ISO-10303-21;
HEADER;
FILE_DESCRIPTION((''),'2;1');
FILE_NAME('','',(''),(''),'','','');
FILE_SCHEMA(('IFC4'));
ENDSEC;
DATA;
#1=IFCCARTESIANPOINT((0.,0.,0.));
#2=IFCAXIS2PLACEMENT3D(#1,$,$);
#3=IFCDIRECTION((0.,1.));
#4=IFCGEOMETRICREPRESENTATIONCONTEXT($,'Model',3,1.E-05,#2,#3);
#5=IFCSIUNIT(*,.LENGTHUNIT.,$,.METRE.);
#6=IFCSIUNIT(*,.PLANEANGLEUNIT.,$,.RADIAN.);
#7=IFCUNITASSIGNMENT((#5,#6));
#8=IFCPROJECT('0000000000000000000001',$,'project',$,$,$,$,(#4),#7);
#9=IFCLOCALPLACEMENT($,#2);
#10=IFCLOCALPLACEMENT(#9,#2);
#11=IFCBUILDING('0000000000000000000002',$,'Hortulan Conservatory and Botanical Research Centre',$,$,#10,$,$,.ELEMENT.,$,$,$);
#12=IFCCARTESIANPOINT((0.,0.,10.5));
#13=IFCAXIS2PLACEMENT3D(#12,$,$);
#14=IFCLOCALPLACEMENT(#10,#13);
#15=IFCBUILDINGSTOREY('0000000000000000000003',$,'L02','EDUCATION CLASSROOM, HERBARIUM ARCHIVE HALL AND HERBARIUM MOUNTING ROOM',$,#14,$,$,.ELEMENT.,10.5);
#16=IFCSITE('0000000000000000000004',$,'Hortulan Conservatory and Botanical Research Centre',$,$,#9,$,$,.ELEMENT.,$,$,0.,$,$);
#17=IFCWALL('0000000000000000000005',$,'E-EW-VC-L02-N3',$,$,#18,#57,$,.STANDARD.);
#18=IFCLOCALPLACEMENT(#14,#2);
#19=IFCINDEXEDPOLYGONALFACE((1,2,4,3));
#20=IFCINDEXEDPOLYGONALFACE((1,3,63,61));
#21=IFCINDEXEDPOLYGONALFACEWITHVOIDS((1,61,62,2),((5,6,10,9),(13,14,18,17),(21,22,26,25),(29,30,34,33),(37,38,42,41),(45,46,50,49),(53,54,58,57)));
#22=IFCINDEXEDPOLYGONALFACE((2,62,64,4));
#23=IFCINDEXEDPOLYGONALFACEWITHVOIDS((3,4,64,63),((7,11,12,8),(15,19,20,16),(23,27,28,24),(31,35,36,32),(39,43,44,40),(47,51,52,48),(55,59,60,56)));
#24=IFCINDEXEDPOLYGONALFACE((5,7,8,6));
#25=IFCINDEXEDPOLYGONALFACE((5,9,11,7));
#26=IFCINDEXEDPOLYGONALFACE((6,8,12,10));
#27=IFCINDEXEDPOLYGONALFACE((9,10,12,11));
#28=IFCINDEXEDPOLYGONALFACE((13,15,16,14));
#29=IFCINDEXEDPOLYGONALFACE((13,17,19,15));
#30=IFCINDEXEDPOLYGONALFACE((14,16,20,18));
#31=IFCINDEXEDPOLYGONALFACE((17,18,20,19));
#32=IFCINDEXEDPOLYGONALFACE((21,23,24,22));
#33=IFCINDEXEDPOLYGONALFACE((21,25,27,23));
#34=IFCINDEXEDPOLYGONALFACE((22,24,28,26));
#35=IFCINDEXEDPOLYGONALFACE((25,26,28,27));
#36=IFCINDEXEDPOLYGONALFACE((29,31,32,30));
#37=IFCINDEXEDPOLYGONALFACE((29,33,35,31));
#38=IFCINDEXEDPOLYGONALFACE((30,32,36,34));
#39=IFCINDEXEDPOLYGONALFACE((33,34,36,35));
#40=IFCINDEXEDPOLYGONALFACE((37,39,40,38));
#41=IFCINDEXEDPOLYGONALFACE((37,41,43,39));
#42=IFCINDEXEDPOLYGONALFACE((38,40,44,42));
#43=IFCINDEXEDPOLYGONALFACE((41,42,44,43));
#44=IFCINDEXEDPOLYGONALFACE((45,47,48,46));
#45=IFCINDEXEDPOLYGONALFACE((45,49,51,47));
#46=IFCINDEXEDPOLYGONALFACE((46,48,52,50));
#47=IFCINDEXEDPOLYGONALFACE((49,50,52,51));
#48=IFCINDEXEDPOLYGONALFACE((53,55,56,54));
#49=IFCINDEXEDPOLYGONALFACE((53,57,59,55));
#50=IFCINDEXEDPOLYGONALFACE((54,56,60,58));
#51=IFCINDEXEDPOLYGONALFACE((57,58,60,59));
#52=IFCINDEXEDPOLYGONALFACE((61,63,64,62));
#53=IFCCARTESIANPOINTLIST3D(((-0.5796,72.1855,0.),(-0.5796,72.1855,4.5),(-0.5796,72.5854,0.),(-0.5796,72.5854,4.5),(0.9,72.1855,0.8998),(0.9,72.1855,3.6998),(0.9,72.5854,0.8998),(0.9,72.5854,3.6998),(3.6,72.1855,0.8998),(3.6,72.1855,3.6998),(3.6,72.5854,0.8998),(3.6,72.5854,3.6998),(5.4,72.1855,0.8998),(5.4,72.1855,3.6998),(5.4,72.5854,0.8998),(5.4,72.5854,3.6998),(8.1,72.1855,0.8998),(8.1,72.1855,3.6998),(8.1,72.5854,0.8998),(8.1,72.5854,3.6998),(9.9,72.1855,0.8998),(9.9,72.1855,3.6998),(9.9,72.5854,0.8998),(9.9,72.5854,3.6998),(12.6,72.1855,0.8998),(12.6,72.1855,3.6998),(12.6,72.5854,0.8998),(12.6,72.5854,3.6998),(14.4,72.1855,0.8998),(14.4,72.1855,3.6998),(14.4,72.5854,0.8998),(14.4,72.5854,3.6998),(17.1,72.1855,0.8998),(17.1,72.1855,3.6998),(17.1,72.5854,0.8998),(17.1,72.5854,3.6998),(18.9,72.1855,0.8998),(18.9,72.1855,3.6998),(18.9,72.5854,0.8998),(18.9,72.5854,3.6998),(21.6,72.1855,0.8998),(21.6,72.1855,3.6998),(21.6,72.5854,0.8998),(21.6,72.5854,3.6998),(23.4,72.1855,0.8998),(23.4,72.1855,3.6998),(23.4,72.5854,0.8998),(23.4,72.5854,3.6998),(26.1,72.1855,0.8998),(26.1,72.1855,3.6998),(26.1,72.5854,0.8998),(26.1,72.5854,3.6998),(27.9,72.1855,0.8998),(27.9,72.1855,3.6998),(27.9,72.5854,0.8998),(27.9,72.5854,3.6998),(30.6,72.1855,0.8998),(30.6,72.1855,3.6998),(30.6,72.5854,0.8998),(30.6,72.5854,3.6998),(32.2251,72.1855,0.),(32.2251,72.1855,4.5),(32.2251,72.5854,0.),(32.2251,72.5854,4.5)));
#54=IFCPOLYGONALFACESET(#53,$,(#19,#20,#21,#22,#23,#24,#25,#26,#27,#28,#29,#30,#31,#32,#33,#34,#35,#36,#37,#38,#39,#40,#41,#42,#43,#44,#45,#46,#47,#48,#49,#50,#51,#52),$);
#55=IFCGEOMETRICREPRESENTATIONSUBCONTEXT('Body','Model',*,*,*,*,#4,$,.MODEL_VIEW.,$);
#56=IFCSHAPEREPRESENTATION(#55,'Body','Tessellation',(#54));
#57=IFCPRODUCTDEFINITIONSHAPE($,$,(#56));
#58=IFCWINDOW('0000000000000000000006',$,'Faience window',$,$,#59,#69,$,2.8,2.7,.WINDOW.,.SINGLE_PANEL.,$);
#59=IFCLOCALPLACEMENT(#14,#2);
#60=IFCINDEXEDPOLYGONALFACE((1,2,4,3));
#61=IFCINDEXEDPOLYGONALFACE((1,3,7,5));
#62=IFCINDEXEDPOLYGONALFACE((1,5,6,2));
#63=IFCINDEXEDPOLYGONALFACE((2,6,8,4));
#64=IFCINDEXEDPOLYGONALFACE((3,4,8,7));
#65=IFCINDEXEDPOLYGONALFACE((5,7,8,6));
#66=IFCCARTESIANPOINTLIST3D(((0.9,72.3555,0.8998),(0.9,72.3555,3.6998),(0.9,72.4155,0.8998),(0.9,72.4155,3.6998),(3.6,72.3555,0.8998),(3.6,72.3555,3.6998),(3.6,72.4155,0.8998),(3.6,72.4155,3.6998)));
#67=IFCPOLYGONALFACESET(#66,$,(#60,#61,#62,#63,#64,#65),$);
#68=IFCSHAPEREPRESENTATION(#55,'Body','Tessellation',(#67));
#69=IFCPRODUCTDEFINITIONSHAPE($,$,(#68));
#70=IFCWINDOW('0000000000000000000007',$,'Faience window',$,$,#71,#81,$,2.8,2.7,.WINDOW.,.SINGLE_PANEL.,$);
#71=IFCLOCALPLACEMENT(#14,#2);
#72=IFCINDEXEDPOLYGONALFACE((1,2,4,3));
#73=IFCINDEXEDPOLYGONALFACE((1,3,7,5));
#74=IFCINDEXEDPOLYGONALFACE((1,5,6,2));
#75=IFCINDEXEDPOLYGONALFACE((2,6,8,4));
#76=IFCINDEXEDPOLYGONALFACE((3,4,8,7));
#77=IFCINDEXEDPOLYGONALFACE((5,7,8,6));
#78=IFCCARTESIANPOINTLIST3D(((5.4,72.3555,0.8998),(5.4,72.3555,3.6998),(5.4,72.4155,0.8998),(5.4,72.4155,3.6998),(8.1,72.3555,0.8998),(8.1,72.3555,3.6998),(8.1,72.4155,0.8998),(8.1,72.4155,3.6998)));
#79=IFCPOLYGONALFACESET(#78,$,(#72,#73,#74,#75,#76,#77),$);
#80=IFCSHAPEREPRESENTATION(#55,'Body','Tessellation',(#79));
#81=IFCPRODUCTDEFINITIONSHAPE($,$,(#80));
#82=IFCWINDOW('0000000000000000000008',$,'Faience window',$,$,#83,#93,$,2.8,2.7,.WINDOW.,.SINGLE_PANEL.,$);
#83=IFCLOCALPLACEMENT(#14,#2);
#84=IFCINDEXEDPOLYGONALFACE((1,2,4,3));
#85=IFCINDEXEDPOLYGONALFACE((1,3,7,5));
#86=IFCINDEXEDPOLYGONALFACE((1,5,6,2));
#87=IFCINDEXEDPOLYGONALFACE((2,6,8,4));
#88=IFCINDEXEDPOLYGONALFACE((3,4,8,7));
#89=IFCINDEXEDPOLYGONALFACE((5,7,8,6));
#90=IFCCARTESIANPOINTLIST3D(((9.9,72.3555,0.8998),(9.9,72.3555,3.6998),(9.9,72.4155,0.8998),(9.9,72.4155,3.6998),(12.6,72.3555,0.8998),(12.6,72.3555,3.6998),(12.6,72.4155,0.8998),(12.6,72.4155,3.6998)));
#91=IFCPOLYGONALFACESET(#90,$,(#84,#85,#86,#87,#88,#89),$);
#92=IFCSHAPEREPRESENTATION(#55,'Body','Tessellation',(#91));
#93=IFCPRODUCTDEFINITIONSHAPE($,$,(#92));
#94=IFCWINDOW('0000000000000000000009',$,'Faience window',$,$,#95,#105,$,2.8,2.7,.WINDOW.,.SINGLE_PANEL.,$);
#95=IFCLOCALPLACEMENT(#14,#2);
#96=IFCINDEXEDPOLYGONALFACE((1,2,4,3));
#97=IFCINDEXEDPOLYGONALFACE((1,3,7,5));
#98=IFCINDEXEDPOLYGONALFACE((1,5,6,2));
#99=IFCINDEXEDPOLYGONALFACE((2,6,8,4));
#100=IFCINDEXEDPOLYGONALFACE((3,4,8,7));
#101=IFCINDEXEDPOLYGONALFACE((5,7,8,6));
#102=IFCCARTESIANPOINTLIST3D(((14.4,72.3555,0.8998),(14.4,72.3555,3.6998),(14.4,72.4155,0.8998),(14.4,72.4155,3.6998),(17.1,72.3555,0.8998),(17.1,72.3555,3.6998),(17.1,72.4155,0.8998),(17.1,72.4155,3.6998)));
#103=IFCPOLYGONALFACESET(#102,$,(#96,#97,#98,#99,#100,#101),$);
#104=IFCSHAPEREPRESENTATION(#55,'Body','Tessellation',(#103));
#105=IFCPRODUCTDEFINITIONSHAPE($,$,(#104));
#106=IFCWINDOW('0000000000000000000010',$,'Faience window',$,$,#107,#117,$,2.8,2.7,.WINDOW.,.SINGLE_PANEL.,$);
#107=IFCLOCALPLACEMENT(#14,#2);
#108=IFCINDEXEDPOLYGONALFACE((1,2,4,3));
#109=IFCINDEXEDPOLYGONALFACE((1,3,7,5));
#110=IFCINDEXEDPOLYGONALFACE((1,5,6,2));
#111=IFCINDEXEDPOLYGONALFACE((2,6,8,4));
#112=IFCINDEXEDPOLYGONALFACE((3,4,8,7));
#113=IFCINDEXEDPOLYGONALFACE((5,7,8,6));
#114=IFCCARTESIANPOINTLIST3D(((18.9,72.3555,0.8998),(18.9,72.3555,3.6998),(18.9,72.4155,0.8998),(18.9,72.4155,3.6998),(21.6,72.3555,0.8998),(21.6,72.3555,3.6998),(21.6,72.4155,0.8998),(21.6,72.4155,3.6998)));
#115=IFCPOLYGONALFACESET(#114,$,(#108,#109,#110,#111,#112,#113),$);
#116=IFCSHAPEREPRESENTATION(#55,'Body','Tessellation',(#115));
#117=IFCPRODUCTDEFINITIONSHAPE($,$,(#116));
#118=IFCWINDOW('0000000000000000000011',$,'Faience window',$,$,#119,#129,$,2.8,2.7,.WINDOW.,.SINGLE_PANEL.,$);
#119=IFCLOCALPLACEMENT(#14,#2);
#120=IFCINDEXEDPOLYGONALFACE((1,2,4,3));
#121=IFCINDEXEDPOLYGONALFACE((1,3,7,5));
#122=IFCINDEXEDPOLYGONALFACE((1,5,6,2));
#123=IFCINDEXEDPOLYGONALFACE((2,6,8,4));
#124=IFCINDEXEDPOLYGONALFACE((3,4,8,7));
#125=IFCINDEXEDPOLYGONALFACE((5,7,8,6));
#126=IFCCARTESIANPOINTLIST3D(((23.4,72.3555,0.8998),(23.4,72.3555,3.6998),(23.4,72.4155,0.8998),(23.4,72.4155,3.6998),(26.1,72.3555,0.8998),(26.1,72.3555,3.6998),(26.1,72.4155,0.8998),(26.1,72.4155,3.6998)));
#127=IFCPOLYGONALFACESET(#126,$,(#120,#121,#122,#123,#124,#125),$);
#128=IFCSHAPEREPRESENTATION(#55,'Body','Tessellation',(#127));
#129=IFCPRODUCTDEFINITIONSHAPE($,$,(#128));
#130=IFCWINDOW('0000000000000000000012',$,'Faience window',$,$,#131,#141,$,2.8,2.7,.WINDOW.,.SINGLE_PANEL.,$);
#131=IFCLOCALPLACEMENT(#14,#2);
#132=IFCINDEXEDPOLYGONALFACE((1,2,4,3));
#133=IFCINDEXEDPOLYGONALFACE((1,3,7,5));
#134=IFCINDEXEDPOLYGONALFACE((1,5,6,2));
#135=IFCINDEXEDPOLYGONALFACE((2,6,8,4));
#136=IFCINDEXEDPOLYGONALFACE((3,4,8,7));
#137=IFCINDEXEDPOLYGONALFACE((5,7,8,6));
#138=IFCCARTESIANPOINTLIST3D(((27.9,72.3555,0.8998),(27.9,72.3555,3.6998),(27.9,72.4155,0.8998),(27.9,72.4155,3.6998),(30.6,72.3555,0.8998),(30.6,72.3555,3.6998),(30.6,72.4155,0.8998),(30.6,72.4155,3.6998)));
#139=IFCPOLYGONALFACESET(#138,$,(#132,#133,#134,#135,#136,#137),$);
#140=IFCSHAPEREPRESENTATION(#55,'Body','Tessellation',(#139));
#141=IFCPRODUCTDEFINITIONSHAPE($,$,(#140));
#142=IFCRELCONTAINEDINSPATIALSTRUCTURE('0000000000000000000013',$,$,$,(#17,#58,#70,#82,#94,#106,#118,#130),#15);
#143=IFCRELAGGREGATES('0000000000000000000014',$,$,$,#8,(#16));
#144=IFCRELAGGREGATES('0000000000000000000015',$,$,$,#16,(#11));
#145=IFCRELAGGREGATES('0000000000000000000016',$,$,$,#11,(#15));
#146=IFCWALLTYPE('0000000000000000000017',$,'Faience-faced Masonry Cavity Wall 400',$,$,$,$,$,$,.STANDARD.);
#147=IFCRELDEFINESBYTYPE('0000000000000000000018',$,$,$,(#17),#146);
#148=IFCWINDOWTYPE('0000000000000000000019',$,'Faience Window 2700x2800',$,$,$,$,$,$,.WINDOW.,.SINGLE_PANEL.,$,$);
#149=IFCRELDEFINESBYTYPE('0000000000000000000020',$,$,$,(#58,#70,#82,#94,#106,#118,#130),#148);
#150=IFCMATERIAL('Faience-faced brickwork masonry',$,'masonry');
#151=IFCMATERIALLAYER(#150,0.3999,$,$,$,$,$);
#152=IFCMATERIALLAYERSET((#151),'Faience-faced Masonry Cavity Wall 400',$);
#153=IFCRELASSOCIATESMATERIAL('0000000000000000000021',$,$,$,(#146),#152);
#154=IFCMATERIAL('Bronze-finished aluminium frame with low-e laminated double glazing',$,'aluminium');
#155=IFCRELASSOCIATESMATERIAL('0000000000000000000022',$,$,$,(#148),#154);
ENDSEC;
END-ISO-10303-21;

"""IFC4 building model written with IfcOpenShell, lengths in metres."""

from ifc_helpers import new_model, si_unit, direction, frame, frame_2d, origin, place, context, subcontext, project, spatial, rectangle, extrude, material, layer, layer_set, type_object, element, fill, save


model = new_model("IFC4")

# Units and contexts
model_context = context("Model", 3, precision=1e-05, world=origin(), true_north=direction((0.0, 1.0)))
body_context = subcontext(model_context, "Body", "Model", "MODEL_VIEW")
ifc_project = project(units=[si_unit("LENGTHUNIT", "METRE"), si_unit("PLANEANGLEUNIT", "RADIAN")], contexts=[model_context])

# Site, building, storey
site_placement = place(None, origin())
site = spatial("IfcSite", under=ifc_project, at=site_placement, Name="Hortulan Conservatory and Botanical Research Centre", CompositionType="ELEMENT", RefElevation=0.0)
building_placement = place(site_placement, origin())
building = spatial("IfcBuilding", under=site, at=building_placement, Name="Hortulan Conservatory and Botanical Research Centre", CompositionType="ELEMENT")
storey_placement = place(building_placement, frame((0.0, 0.0, 10.5)))
storey = spatial("IfcBuildingStorey", under=building, at=storey_placement, Name="L02", Description="EDUCATION CLASSROOM, HERBARIUM ARCHIVE HALL AND HERBARIUM MOUNTING ROOM", CompositionType="ELEMENT", Elevation=10.5)

# Wall, openings, windows
ifc_material_1 = material(Name="Faience-faced brickwork masonry", Category="masonry")
ifc_layer_1 = layer(ifc_material_1, 0.3999)
ifc_layer_set_1 = layer_set([ifc_layer_1], Name="Faience-faced Masonry Cavity Wall 400")
wall_type = type_object("IfcWallType", Name="Faience-faced Masonry Cavity Wall 400", PredefinedType="STANDARD", material=ifc_layer_set_1)
wall_placement = place(storey_placement, frame((-0.5796, 72.3855, 0.0), z_axis=(0.0, 0.0, 1.0), x_axis=(1.0, 0.0, 0.0)))
wall = element("IfcWall", 1, at=wall_placement, inside=storey, type_object=wall_type, Name="E-EW-VC-L02-N3", PredefinedType="STANDARD", context=body_context, shape_type="SweptSolid", body=[
    extrude(rectangle(XDim=32.8047, YDim=0.3999, at=frame_2d((16.4023, 0.0))), origin(), (0.0, 0.0, 1.0), 4.5),
])
opening_1_placement = place(wall_placement, frame((1.4795, 0.0, 0.8999)))
opening_1 = element("IfcOpeningElement", 2, at=opening_1_placement, cuts=wall, PredefinedType="OPENING", context=body_context, shape_type="SweptSolid", body=[
    extrude(rectangle(XDim=2.7, YDim=2.8, at=frame_2d((1.3501, 1.3999))), frame((0.0, 0.21, 0.0), z_axis=(0.0, -1.0, 0.0), x_axis=(1.0, 0.0, 0.0)), (0.0, 0.0, 1.0), 0.4199),
])
opening_2_placement = place(wall_placement, frame((5.9795, 0.0, 0.8999)))
opening_2 = element("IfcOpeningElement", 3, at=opening_2_placement, cuts=wall, PredefinedType="OPENING", context=body_context, shape_type="SweptSolid", body=[
    extrude(rectangle(XDim=2.7, YDim=2.8, at=frame_2d((1.3501, 1.3999))), frame((0.0, 0.21, 0.0), z_axis=(0.0, -1.0, 0.0), x_axis=(1.0, 0.0, 0.0)), (0.0, 0.0, 1.0), 0.4199),
])
opening_3_placement = place(wall_placement, frame((10.4795, 0.0, 0.8999)))
opening_3 = element("IfcOpeningElement", 4, at=opening_3_placement, cuts=wall, PredefinedType="OPENING", context=body_context, shape_type="SweptSolid", body=[
    extrude(rectangle(XDim=2.7, YDim=2.8, at=frame_2d((1.3501, 1.3999))), frame((0.0, 0.21, 0.0), z_axis=(0.0, -1.0, 0.0), x_axis=(1.0, 0.0, 0.0)), (0.0, 0.0, 1.0), 0.4199),
])
opening_4_placement = place(wall_placement, frame((14.9795, 0.0, 0.8999)))
opening_4 = element("IfcOpeningElement", 5, at=opening_4_placement, cuts=wall, PredefinedType="OPENING", context=body_context, shape_type="SweptSolid", body=[
    extrude(rectangle(XDim=2.7, YDim=2.8, at=frame_2d((1.3501, 1.3999))), frame((0.0, 0.21, 0.0), z_axis=(0.0, -1.0, 0.0), x_axis=(1.0, 0.0, 0.0)), (0.0, 0.0, 1.0), 0.4199),
])
opening_5_placement = place(wall_placement, frame((19.4795, 0.0, 0.8999)))
opening_5 = element("IfcOpeningElement", 6, at=opening_5_placement, cuts=wall, PredefinedType="OPENING", context=body_context, shape_type="SweptSolid", body=[
    extrude(rectangle(XDim=2.7, YDim=2.8, at=frame_2d((1.3501, 1.3999))), frame((0.0, 0.21, 0.0), z_axis=(0.0, -1.0, 0.0), x_axis=(1.0, 0.0, 0.0)), (0.0, 0.0, 1.0), 0.4199),
])
opening_6_placement = place(wall_placement, frame((23.9795, 0.0, 0.8999)))
opening_6 = element("IfcOpeningElement", 7, at=opening_6_placement, cuts=wall, PredefinedType="OPENING", context=body_context, shape_type="SweptSolid", body=[
    extrude(rectangle(XDim=2.7, YDim=2.8, at=frame_2d((1.3501, 1.3999))), frame((0.0, 0.21, 0.0), z_axis=(0.0, -1.0, 0.0), x_axis=(1.0, 0.0, 0.0)), (0.0, 0.0, 1.0), 0.4199),
])
opening_7_placement = place(wall_placement, frame((28.4795, 0.0, 0.8999)))
opening_7 = element("IfcOpeningElement", 8, at=opening_7_placement, cuts=wall, PredefinedType="OPENING", context=body_context, shape_type="SweptSolid", body=[
    extrude(rectangle(XDim=2.7, YDim=2.8, at=frame_2d((1.3501, 1.3999))), frame((0.0, 0.21, 0.0), z_axis=(0.0, -1.0, 0.0), x_axis=(1.0, 0.0, 0.0)), (0.0, 0.0, 1.0), 0.4199),
])
ifc_material_2 = material(Name="Bronze-finished aluminium frame with low-e laminated double glazing", Category="aluminium")
window_type = type_object("IfcWindowType", Name="Faience Window 2700x2800", PartitioningType="SINGLE_PANEL", PredefinedType="WINDOW", material=ifc_material_2)
window_1_placement = place(opening_1_placement, origin())
window_1 = element("IfcWindow", 9, at=window_1_placement, inside=storey, type_object=window_type, Name="Faience window", OverallHeight=2.8, OverallWidth=2.7, PartitioningType="SINGLE_PANEL", PredefinedType="WINDOW", context=body_context, shape_type="SweptSolid", body=[
    extrude(rectangle(XDim=2.7, YDim=2.8, at=frame_2d((1.3501, 1.3999))), frame((0.0, 0.03, 0.0), z_axis=(0.0, -1.0, 0.0), x_axis=(1.0, 0.0, 0.0)), (0.0, 0.0, 1.0), 0.0601),
])
fill(opening_1, window_1)
window_2_placement = place(opening_2_placement, origin())
window_2 = element("IfcWindow", 10, at=window_2_placement, inside=storey, type_object=window_type, Name="Faience window", OverallHeight=2.8, OverallWidth=2.7, PartitioningType="SINGLE_PANEL", PredefinedType="WINDOW", context=body_context, shape_type="SweptSolid", body=[
    extrude(rectangle(XDim=2.7, YDim=2.8, at=frame_2d((1.3501, 1.3999))), frame((0.0, 0.03, 0.0), z_axis=(0.0, -1.0, 0.0), x_axis=(1.0, 0.0, 0.0)), (0.0, 0.0, 1.0), 0.0601),
])
fill(opening_2, window_2)
window_3_placement = place(opening_3_placement, origin())
window_3 = element("IfcWindow", 11, at=window_3_placement, inside=storey, type_object=window_type, Name="Faience window", OverallHeight=2.8, OverallWidth=2.7, PartitioningType="SINGLE_PANEL", PredefinedType="WINDOW", context=body_context, shape_type="SweptSolid", body=[
    extrude(rectangle(XDim=2.7, YDim=2.8, at=frame_2d((1.3501, 1.3999))), frame((0.0, 0.03, 0.0), z_axis=(0.0, -1.0, 0.0), x_axis=(1.0, 0.0, 0.0)), (0.0, 0.0, 1.0), 0.0601),
])
fill(opening_3, window_3)
window_4_placement = place(opening_4_placement, origin())
window_4 = element("IfcWindow", 12, at=window_4_placement, inside=storey, type_object=window_type, Name="Faience window", OverallHeight=2.8, OverallWidth=2.7, PartitioningType="SINGLE_PANEL", PredefinedType="WINDOW", context=body_context, shape_type="SweptSolid", body=[
    extrude(rectangle(XDim=2.7, YDim=2.8, at=frame_2d((1.3501, 1.3999))), frame((0.0, 0.03, 0.0), z_axis=(0.0, -1.0, 0.0), x_axis=(1.0, 0.0, 0.0)), (0.0, 0.0, 1.0), 0.0601),
])
fill(opening_4, window_4)
window_5_placement = place(opening_5_placement, origin())
window_5 = element("IfcWindow", 13, at=window_5_placement, inside=storey, type_object=window_type, Name="Faience window", OverallHeight=2.8, OverallWidth=2.7, PartitioningType="SINGLE_PANEL", PredefinedType="WINDOW", context=body_context, shape_type="SweptSolid", body=[
    extrude(rectangle(XDim=2.7, YDim=2.8, at=frame_2d((1.3501, 1.3999))), frame((0.0, 0.03, 0.0), z_axis=(0.0, -1.0, 0.0), x_axis=(1.0, 0.0, 0.0)), (0.0, 0.0, 1.0), 0.0601),
])
fill(opening_5, window_5)
window_6_placement = place(opening_6_placement, origin())
window_6 = element("IfcWindow", 14, at=window_6_placement, inside=storey, type_object=window_type, Name="Faience window", OverallHeight=2.8, OverallWidth=2.7, PartitioningType="SINGLE_PANEL", PredefinedType="WINDOW", context=body_context, shape_type="SweptSolid", body=[
    extrude(rectangle(XDim=2.7, YDim=2.8, at=frame_2d((1.3501, 1.3999))), frame((0.0, 0.03, 0.0), z_axis=(0.0, -1.0, 0.0), x_axis=(1.0, 0.0, 0.0)), (0.0, 0.0, 1.0), 0.0601),
])
fill(opening_6, window_6)
window_7_placement = place(opening_7_placement, origin())
window_7 = element("IfcWindow", 15, at=window_7_placement, inside=storey, type_object=window_type, Name="Faience window", OverallHeight=2.8, OverallWidth=2.7, PartitioningType="SINGLE_PANEL", PredefinedType="WINDOW", context=body_context, shape_type="SweptSolid", body=[
    extrude(rectangle(XDim=2.7, YDim=2.8, at=frame_2d((1.3501, 1.3999))), frame((0.0, 0.03, 0.0), z_axis=(0.0, -1.0, 0.0), x_axis=(1.0, 0.0, 0.0)), (0.0, 0.0, 1.0), 0.0601),
])
fill(opening_7, window_7)

save(model, "model.ifc")
